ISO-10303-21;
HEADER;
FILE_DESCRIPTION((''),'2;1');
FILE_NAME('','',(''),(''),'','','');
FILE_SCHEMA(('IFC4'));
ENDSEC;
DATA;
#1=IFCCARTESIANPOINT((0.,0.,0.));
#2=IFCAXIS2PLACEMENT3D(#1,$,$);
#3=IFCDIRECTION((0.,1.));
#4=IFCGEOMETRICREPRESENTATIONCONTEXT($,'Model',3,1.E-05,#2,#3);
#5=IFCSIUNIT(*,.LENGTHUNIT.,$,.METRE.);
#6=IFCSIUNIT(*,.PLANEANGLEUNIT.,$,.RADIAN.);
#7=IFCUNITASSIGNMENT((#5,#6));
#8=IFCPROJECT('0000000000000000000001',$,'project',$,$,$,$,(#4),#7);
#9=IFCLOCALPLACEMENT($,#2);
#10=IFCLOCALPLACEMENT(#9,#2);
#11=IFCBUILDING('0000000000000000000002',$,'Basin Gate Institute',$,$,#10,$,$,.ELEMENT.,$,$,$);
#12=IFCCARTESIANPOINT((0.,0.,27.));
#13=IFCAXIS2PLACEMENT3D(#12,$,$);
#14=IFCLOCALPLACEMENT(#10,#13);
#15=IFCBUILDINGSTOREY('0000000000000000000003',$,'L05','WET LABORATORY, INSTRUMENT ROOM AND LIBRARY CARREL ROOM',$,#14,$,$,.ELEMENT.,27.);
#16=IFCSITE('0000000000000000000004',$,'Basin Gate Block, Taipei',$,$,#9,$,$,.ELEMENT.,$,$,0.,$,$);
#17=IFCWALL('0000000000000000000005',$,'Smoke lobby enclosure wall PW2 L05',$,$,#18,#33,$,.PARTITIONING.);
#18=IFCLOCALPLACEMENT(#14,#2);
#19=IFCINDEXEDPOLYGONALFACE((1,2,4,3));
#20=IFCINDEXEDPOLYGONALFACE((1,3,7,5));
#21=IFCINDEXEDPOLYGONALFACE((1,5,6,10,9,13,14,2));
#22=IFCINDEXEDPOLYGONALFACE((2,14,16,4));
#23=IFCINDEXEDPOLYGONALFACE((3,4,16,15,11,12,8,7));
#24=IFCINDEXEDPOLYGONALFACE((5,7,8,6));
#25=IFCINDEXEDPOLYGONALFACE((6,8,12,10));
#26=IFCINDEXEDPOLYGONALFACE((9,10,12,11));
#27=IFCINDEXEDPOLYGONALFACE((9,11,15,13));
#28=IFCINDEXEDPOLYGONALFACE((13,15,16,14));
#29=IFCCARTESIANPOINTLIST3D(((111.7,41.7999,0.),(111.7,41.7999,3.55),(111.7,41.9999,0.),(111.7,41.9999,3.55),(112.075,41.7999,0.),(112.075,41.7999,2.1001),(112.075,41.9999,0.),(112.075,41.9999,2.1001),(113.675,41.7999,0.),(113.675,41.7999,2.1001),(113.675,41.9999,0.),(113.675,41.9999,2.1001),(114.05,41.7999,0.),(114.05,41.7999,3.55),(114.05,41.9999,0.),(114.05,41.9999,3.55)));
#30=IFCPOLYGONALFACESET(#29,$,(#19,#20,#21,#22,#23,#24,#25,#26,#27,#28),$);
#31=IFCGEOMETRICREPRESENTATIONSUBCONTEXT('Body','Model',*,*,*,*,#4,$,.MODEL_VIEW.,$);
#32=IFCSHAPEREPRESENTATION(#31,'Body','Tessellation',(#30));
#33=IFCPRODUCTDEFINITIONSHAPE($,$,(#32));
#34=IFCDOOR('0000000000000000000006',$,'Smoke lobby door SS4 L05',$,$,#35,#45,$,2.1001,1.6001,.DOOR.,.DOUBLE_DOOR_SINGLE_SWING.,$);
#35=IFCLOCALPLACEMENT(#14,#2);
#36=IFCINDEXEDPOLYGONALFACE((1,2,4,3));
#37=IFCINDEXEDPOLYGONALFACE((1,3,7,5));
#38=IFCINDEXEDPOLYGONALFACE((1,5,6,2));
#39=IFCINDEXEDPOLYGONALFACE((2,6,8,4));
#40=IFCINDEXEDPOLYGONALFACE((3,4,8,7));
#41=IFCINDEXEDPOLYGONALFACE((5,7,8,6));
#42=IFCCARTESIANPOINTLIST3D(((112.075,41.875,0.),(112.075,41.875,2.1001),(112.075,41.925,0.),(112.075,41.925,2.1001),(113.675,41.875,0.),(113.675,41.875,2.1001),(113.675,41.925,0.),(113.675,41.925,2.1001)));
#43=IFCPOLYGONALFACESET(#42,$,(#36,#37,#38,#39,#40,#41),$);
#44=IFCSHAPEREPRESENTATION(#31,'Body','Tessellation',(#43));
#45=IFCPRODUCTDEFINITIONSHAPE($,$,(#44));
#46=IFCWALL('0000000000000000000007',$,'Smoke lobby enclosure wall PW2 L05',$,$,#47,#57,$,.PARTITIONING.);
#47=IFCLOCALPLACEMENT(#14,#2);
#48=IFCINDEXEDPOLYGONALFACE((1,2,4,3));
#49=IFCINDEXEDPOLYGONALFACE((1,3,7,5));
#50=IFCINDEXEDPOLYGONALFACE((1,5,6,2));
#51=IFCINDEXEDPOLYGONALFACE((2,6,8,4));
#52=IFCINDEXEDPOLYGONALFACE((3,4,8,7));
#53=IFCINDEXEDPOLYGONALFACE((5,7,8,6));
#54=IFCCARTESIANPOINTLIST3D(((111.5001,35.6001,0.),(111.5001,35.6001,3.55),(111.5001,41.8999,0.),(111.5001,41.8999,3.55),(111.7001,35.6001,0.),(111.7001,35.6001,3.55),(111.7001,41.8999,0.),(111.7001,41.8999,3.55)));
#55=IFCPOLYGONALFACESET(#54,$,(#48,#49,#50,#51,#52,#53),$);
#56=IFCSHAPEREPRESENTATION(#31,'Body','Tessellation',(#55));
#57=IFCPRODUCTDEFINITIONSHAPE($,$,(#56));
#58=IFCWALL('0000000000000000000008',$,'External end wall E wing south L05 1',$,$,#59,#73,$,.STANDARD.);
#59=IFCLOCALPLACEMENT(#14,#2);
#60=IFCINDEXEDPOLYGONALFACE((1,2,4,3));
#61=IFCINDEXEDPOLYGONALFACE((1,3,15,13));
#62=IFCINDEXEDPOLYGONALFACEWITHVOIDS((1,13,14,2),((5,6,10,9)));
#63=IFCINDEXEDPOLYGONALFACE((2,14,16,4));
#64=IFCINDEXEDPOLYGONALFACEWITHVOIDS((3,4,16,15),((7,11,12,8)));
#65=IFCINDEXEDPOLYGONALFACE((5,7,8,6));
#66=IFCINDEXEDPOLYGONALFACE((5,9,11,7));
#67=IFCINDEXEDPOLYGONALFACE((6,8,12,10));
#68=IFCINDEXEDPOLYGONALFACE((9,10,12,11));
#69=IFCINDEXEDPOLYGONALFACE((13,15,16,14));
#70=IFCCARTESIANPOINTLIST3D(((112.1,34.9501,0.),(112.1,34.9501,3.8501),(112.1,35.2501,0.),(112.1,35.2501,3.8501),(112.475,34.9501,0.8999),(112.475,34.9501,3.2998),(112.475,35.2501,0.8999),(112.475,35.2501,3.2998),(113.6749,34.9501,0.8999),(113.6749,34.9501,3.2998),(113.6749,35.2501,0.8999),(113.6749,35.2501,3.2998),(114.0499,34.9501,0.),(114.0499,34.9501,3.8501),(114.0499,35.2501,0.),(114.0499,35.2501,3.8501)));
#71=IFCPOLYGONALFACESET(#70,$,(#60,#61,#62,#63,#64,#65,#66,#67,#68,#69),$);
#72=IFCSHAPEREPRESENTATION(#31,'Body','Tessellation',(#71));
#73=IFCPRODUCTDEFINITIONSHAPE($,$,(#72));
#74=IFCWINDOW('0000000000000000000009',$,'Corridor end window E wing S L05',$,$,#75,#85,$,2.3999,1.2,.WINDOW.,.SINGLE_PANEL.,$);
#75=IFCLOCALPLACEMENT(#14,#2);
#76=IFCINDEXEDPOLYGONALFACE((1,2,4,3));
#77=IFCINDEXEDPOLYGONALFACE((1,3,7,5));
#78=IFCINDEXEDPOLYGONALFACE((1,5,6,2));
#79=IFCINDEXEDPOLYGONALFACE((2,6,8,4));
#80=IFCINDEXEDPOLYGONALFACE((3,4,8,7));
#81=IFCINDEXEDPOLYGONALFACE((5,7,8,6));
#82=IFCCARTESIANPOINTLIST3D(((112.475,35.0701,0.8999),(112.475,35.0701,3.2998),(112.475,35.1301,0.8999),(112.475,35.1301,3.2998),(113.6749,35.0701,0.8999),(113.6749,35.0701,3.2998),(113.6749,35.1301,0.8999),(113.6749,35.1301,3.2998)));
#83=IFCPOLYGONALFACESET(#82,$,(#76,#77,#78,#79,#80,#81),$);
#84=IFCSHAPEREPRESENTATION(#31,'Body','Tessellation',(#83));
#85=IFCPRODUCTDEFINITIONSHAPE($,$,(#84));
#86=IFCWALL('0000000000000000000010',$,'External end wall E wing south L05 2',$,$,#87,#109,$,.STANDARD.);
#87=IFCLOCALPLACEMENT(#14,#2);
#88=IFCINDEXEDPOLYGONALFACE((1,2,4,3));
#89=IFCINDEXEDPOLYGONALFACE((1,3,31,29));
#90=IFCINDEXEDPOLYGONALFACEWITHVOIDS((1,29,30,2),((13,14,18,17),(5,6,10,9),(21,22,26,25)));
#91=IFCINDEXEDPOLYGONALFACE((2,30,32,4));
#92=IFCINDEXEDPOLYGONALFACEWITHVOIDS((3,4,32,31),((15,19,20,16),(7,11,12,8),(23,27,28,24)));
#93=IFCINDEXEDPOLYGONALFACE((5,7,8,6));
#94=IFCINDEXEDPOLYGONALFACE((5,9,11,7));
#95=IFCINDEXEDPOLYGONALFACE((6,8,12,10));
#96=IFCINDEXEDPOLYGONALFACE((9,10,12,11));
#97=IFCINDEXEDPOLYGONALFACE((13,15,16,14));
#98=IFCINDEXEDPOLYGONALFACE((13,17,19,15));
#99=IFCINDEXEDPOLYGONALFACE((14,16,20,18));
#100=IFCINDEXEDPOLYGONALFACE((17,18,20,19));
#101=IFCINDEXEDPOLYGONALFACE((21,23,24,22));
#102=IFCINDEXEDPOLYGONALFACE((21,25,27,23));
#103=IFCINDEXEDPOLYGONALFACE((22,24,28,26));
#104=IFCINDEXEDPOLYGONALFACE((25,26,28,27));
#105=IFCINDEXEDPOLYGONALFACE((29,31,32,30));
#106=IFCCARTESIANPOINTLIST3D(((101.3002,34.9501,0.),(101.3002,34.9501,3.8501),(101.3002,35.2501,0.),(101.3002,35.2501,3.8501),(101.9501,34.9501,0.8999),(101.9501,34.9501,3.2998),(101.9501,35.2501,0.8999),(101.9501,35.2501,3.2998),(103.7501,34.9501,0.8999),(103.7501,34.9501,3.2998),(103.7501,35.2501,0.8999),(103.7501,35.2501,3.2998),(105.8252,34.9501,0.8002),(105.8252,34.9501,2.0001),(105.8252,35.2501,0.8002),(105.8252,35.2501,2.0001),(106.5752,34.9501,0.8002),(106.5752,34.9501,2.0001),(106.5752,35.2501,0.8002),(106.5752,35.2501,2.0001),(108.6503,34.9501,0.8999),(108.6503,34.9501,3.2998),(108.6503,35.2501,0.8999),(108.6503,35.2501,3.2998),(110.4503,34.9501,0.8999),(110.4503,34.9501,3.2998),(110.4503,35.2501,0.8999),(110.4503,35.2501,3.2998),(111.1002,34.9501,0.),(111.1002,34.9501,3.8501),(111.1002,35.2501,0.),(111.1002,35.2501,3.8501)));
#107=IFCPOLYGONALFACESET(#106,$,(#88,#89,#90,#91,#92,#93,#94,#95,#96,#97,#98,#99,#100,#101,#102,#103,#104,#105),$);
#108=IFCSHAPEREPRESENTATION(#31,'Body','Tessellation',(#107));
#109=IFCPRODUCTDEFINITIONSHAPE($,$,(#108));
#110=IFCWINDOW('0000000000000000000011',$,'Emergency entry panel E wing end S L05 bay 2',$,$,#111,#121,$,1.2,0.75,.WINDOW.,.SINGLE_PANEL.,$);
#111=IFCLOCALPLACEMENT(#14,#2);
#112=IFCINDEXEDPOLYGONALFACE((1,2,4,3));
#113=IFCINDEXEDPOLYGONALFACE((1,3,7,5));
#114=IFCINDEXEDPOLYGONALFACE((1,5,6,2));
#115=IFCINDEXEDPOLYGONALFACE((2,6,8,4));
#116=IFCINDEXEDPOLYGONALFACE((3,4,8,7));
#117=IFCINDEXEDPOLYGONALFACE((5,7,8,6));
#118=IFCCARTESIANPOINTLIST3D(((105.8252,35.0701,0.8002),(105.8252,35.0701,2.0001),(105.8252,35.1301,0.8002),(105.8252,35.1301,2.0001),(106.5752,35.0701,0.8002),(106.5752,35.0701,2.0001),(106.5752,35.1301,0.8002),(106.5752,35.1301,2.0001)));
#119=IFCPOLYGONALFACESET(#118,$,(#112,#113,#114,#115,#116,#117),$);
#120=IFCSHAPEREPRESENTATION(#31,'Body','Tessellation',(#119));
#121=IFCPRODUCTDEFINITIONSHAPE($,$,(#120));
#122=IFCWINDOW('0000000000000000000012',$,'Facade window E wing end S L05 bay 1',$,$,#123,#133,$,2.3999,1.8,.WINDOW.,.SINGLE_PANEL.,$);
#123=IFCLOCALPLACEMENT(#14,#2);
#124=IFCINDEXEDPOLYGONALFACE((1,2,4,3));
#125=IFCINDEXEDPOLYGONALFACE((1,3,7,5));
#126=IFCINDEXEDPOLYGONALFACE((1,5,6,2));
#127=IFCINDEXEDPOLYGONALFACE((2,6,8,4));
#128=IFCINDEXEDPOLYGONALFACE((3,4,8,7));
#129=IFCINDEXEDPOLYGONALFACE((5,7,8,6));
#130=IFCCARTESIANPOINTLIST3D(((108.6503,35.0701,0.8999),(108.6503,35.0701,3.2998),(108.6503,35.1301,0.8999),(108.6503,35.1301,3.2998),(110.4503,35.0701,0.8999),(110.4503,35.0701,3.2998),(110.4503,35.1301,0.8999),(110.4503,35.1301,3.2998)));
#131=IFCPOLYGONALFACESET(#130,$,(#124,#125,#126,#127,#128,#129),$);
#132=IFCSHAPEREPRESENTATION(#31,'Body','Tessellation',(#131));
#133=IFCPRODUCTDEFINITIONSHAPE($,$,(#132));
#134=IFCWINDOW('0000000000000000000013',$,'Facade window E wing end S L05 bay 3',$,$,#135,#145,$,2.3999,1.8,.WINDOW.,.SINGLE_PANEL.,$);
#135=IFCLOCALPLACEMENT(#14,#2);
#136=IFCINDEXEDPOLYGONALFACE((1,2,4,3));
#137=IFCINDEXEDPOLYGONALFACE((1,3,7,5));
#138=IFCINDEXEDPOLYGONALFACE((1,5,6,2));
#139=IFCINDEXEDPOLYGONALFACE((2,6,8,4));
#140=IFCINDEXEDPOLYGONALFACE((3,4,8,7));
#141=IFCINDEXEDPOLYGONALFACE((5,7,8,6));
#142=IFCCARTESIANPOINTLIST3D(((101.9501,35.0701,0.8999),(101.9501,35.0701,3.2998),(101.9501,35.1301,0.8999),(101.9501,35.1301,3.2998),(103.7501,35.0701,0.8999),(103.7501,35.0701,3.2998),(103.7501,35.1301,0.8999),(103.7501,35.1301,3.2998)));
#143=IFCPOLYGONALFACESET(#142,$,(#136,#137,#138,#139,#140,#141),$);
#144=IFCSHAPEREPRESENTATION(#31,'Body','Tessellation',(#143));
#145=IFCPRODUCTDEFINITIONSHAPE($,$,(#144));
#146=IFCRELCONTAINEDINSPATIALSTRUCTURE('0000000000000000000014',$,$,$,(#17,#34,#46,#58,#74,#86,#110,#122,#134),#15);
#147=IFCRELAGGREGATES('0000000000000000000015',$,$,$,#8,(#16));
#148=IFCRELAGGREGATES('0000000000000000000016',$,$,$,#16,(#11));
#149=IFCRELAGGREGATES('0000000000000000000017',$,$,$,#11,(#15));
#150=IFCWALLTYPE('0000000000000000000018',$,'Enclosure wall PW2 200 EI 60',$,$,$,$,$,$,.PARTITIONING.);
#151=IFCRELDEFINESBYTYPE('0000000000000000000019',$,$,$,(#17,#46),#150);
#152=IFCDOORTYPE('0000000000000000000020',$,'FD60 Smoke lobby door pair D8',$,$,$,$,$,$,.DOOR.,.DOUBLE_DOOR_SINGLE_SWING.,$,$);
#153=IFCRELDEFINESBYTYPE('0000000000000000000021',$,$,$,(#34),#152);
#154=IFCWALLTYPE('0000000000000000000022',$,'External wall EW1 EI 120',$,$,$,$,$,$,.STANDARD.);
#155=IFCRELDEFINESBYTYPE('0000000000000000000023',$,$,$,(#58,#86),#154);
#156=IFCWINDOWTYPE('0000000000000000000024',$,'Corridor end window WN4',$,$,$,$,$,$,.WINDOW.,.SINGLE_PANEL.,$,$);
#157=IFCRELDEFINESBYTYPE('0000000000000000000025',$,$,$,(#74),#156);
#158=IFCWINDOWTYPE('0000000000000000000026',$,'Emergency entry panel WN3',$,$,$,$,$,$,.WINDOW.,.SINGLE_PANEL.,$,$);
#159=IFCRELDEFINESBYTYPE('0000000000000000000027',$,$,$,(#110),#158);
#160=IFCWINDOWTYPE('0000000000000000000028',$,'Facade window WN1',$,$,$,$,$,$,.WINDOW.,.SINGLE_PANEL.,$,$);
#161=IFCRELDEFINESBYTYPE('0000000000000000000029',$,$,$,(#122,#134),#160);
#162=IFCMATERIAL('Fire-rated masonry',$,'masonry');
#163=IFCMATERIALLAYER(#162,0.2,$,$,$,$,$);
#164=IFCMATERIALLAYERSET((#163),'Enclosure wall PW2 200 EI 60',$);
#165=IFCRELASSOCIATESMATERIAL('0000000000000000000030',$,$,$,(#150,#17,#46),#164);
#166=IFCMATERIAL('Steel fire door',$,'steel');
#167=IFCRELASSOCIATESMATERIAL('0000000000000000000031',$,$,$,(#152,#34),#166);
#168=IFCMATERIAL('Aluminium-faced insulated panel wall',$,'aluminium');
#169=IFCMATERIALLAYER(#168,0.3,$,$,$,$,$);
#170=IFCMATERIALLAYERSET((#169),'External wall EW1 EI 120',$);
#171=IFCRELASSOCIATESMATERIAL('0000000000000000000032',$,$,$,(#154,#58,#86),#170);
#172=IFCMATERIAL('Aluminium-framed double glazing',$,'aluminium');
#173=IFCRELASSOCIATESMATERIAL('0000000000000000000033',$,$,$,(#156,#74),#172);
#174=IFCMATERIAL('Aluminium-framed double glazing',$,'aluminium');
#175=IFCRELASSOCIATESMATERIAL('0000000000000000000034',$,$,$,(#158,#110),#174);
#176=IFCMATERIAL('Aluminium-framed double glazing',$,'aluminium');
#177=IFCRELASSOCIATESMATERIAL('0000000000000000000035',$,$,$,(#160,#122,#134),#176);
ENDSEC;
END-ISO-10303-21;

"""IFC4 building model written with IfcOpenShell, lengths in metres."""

from ifc_helpers import new_model, si_unit, direction, frame, frame_2d, origin, place, context, subcontext, project, spatial, rectangle, extrude, material, layer, layer_set, type_object, element, fill, save


model = new_model("IFC4")

# Units and contexts
model_context = context("Model", 3, precision=1e-05, world=origin(), true_north=direction((0.0, 1.0)))
body_context = subcontext(model_context, "Body", "Model", "MODEL_VIEW")
ifc_project = project(units=[si_unit("LENGTHUNIT", "METRE"), si_unit("PLANEANGLEUNIT", "RADIAN")], contexts=[model_context])

# Site, building, storey
site_placement = place(None, origin())
site = spatial("IfcSite", under=ifc_project, at=site_placement, Name="Basin Gate Block, Taipei", CompositionType="ELEMENT", RefElevation=0.0)
building_placement = place(site_placement, origin())
building = spatial("IfcBuilding", under=site, at=building_placement, Name="Basin Gate Institute", CompositionType="ELEMENT")
storey_placement = place(building_placement, frame((0.0, 0.0, 27.0)))
storey = spatial("IfcBuildingStorey", under=building, at=storey_placement, Name="L05", Description="WET LABORATORY, INSTRUMENT ROOM AND LIBRARY CARREL ROOM", CompositionType="ELEMENT", Elevation=27.0)

# Wall, opening, door
ifc_material_1 = material(Name="Fire-rated masonry", Category="masonry")
ifc_layer_1 = layer(ifc_material_1, 0.2)
ifc_layer_set_1 = layer_set([ifc_layer_1], Name="Enclosure wall PW2 200 EI 60")
wall_type_1 = type_object("IfcWallType", Name="Enclosure wall PW2 200 EI 60", PredefinedType="PARTITIONING", material=ifc_layer_set_1)
wall_1_placement = place(storey_placement, frame((114.05, 41.8999, 0.0), z_axis=(0.0, 0.0, 1.0), x_axis=(-1.0, 0.0, 0.0)))
wall_1 = element("IfcWall", 1, at=wall_1_placement, inside=storey, type_object=wall_type_1, material=ifc_layer_set_1, Name="Smoke lobby enclosure wall PW2 L05", PredefinedType="PARTITIONING", context=body_context, shape_type="SweptSolid", body=[
    extrude(rectangle(XDim=2.3501, YDim=0.2, at=frame_2d((1.175, 0.0))), origin(), (0.0, 0.0, 1.0), 3.55),
])
opening_1_placement = place(wall_1_placement, frame((0.375, 0.0, 0.0)))
opening_1 = element("IfcOpeningElement", 2, at=opening_1_placement, cuts=wall_1, PredefinedType="OPENING", context=body_context, shape_type="SweptSolid", body=[
    extrude(rectangle(XDim=1.6001, YDim=2.1001, at=frame_2d((0.8, 1.05))), frame((0.0, 0.1099, 0.0), z_axis=(0.0, -1.0, 0.0), x_axis=(1.0, 0.0, 0.0)), (0.0, 0.0, 1.0), 0.22),
])
ifc_material_2 = material(Name="Steel fire door", Category="steel")
door_type_1 = type_object("IfcDoorType", Name="FD60 Smoke lobby door pair D8", OperationType="DOUBLE_DOOR_SINGLE_SWING", PredefinedType="DOOR", material=ifc_material_2)
door_1_placement = place(opening_1_placement, origin())
door_1 = element("IfcDoor", 3, at=door_1_placement, inside=storey, type_object=door_type_1, material=ifc_material_2, Name="Smoke lobby door SS4 L05", OperationType="DOUBLE_DOOR_SINGLE_SWING", OverallHeight=2.1001, OverallWidth=1.6001, PredefinedType="DOOR", context=body_context, shape_type="SweptSolid", body=[
    extrude(rectangle(XDim=1.6001, YDim=2.1001, at=frame_2d((0.8, 1.05))), frame((0.0, 0.0249, 0.0), z_axis=(0.0, -1.0, 0.0), x_axis=(1.0, 0.0, 0.0)), (0.0, 0.0, 1.0), 0.05),
])
fill(opening_1, door_1)

# Wall
wall_2_placement = place(storey_placement, frame((111.6001, 35.6001, 0.0), z_axis=(0.0, 0.0, 1.0), x_axis=(0.0, 1.0, 0.0)))
element("IfcWall", 4, at=wall_2_placement, inside=storey, type_object=wall_type_1, material=ifc_layer_set_1, Name="Smoke lobby enclosure wall PW2 L05", PredefinedType="PARTITIONING", context=body_context, shape_type="SweptSolid", body=[
    extrude(rectangle(XDim=6.2998, YDim=0.2, at=frame_2d((3.1499, 0.0))), origin(), (0.0, 0.0, 1.0), 3.55),
])

# Wall, opening, window
ifc_material_3 = material(Name="Aluminium-faced insulated panel wall", Category="aluminium")
ifc_layer_2 = layer(ifc_material_3, 0.3)
ifc_layer_set_2 = layer_set([ifc_layer_2], Name="External wall EW1 EI 120")
wall_type_2 = type_object("IfcWallType", Name="External wall EW1 EI 120", PredefinedType="STANDARD", material=ifc_layer_set_2)
wall_3_placement = place(storey_placement, frame((114.05, 35.1001, 0.0), z_axis=(0.0, 0.0, 1.0), x_axis=(-1.0, 0.0, 0.0)))
wall_3 = element("IfcWall", 5, at=wall_3_placement, inside=storey, type_object=wall_type_2, material=ifc_layer_set_2, Name="External end wall E wing south L05 1", PredefinedType="STANDARD", context=body_context, shape_type="SweptSolid", body=[
    extrude(rectangle(XDim=1.95, YDim=0.3, at=frame_2d((0.9751, 0.0))), origin(), (0.0, 0.0, 1.0), 3.8501),
])
opening_2_placement = place(wall_3_placement, frame((0.375, 0.0, 0.8999)))
opening_2 = element("IfcOpeningElement", 6, at=opening_2_placement, cuts=wall_3, PredefinedType="OPENING", context=body_context, shape_type="SweptSolid", body=[
    extrude(rectangle(XDim=1.2, YDim=2.3999, at=frame_2d((0.6001, 1.2))), frame((0.0, 0.1602, 0.0), z_axis=(0.0, -1.0, 0.0), x_axis=(1.0, 0.0, 0.0)), (0.0, 0.0, 1.0), 0.3201),
])
ifc_material_4 = material(Name="Aluminium-framed double glazing", Category="aluminium")
window_type_1 = type_object("IfcWindowType", Name="Corridor end window WN4", PartitioningType="SINGLE_PANEL", PredefinedType="WINDOW", material=ifc_material_4)
window_1_placement = place(opening_2_placement, origin())
window_1 = element("IfcWindow", 7, at=window_1_placement, inside=storey, type_object=window_type_1, material=ifc_material_4, Name="Corridor end window E wing S L05", OverallHeight=2.3999, OverallWidth=1.2, PartitioningType="SINGLE_PANEL", PredefinedType="WINDOW", context=body_context, shape_type="SweptSolid", body=[
    extrude(rectangle(XDim=1.2, YDim=2.3999, at=frame_2d((0.6001, 1.2))), frame((0.0, 0.03, 0.0), z_axis=(0.0, -1.0, 0.0), x_axis=(1.0, 0.0, 0.0)), (0.0, 0.0, 1.0), 0.0601),
])
fill(opening_2, window_1)

# Wall, openings, windows
wall_4_placement = place(storey_placement, frame((111.1001, 35.1001, 0.0), z_axis=(0.0, 0.0, 1.0), x_axis=(-1.0, 0.0, 0.0)))
wall_4 = element("IfcWall", 8, at=wall_4_placement, inside=storey, type_object=wall_type_2, material=ifc_layer_set_2, Name="External end wall E wing south L05 2", PredefinedType="STANDARD", context=body_context, shape_type="SweptSolid", body=[
    extrude(rectangle(XDim=9.8, YDim=0.3, at=frame_2d((4.8999, 0.0))), origin(), (0.0, 0.0, 1.0), 3.8501),
])
opening_3_placement = place(wall_4_placement, frame((0.6499, 0.0, 0.8999)))
opening_3 = element("IfcOpeningElement", 9, at=opening_3_placement, cuts=wall_4, PredefinedType="OPENING", context=body_context, shape_type="SweptSolid", body=[
    extrude(rectangle(XDim=1.8, YDim=2.3999, at=frame_2d((0.8999, 1.2))), frame((0.0, 0.1602, 0.0), z_axis=(0.0, -1.0, 0.0), x_axis=(1.0, 0.0, 0.0)), (0.0, 0.0, 1.0), 0.3201),
])
opening_4_placement = place(wall_4_placement, frame((4.5249, 0.0, 0.8)))
opening_4 = element("IfcOpeningElement", 10, at=opening_4_placement, cuts=wall_4, PredefinedType="OPENING", context=body_context, shape_type="SweptSolid", body=[
    extrude(rectangle(XDim=0.75, YDim=1.2, at=frame_2d((0.375, 0.6001))), frame((0.0, 0.1602, 0.0), z_axis=(0.0, -1.0, 0.0), x_axis=(1.0, 0.0, 0.0)), (0.0, 0.0, 1.0), 0.3201),
])
opening_5_placement = place(wall_4_placement, frame((7.3501, 0.0, 0.8999)))
opening_5 = element("IfcOpeningElement", 11, at=opening_5_placement, cuts=wall_4, PredefinedType="OPENING", context=body_context, shape_type="SweptSolid", body=[
    extrude(rectangle(XDim=1.8, YDim=2.3999, at=frame_2d((0.8999, 1.2))), frame((0.0, 0.1602, 0.0), z_axis=(0.0, -1.0, 0.0), x_axis=(1.0, 0.0, 0.0)), (0.0, 0.0, 1.0), 0.3201),
])
ifc_material_5 = material(Name="Aluminium-framed double glazing", Category="aluminium")
window_type_2 = type_object("IfcWindowType", Name="Emergency entry panel WN3", PartitioningType="SINGLE_PANEL", PredefinedType="WINDOW", material=ifc_material_5)
window_2_placement = place(opening_4_placement, origin())
window_2 = element("IfcWindow", 12, at=window_2_placement, inside=storey, type_object=window_type_2, material=ifc_material_5, Name="Emergency entry panel E wing end S L05 bay 2", OverallHeight=1.2, OverallWidth=0.75, PartitioningType="SINGLE_PANEL", PredefinedType="WINDOW", context=body_context, shape_type="SweptSolid", body=[
    extrude(rectangle(XDim=0.75, YDim=1.2, at=frame_2d((0.375, 0.6001))), frame((0.0, 0.03, 0.0), z_axis=(0.0, -1.0, 0.0), x_axis=(1.0, 0.0, 0.0)), (0.0, 0.0, 1.0), 0.0601),
])
fill(opening_4, window_2)
ifc_material_6 = material(Name="Aluminium-framed double glazing", Category="aluminium")
window_type_3 = type_object("IfcWindowType", Name="Facade window WN1", PartitioningType="SINGLE_PANEL", PredefinedType="WINDOW", material=ifc_material_6)
window_3_placement = place(opening_3_placement, origin())
window_3 = element("IfcWindow", 13, at=window_3_placement, inside=storey, type_object=window_type_3, material=ifc_material_6, Name="Facade window E wing end S L05 bay 1", OverallHeight=2.3999, OverallWidth=1.8, PartitioningType="SINGLE_PANEL", PredefinedType="WINDOW", context=body_context, shape_type="SweptSolid", body=[
    extrude(rectangle(XDim=1.8, YDim=2.3999, at=frame_2d((0.8999, 1.2))), frame((0.0, 0.03, 0.0), z_axis=(0.0, -1.0, 0.0), x_axis=(1.0, 0.0, 0.0)), (0.0, 0.0, 1.0), 0.0601),
])
fill(opening_3, window_3)
window_4_placement = place(opening_5_placement, origin())
window_4 = element("IfcWindow", 14, at=window_4_placement, inside=storey, type_object=window_type_3, material=ifc_material_6, Name="Facade window E wing end S L05 bay 3", OverallHeight=2.3999, OverallWidth=1.8, PartitioningType="SINGLE_PANEL", PredefinedType="WINDOW", context=body_context, shape_type="SweptSolid", body=[
    extrude(rectangle(XDim=1.8, YDim=2.3999, at=frame_2d((0.8999, 1.2))), frame((0.0, 0.03, 0.0), z_axis=(0.0, -1.0, 0.0), x_axis=(1.0, 0.0, 0.0)), (0.0, 0.0, 1.0), 0.0601),
])
fill(opening_5, window_4)

save(model, "model.ifc")
